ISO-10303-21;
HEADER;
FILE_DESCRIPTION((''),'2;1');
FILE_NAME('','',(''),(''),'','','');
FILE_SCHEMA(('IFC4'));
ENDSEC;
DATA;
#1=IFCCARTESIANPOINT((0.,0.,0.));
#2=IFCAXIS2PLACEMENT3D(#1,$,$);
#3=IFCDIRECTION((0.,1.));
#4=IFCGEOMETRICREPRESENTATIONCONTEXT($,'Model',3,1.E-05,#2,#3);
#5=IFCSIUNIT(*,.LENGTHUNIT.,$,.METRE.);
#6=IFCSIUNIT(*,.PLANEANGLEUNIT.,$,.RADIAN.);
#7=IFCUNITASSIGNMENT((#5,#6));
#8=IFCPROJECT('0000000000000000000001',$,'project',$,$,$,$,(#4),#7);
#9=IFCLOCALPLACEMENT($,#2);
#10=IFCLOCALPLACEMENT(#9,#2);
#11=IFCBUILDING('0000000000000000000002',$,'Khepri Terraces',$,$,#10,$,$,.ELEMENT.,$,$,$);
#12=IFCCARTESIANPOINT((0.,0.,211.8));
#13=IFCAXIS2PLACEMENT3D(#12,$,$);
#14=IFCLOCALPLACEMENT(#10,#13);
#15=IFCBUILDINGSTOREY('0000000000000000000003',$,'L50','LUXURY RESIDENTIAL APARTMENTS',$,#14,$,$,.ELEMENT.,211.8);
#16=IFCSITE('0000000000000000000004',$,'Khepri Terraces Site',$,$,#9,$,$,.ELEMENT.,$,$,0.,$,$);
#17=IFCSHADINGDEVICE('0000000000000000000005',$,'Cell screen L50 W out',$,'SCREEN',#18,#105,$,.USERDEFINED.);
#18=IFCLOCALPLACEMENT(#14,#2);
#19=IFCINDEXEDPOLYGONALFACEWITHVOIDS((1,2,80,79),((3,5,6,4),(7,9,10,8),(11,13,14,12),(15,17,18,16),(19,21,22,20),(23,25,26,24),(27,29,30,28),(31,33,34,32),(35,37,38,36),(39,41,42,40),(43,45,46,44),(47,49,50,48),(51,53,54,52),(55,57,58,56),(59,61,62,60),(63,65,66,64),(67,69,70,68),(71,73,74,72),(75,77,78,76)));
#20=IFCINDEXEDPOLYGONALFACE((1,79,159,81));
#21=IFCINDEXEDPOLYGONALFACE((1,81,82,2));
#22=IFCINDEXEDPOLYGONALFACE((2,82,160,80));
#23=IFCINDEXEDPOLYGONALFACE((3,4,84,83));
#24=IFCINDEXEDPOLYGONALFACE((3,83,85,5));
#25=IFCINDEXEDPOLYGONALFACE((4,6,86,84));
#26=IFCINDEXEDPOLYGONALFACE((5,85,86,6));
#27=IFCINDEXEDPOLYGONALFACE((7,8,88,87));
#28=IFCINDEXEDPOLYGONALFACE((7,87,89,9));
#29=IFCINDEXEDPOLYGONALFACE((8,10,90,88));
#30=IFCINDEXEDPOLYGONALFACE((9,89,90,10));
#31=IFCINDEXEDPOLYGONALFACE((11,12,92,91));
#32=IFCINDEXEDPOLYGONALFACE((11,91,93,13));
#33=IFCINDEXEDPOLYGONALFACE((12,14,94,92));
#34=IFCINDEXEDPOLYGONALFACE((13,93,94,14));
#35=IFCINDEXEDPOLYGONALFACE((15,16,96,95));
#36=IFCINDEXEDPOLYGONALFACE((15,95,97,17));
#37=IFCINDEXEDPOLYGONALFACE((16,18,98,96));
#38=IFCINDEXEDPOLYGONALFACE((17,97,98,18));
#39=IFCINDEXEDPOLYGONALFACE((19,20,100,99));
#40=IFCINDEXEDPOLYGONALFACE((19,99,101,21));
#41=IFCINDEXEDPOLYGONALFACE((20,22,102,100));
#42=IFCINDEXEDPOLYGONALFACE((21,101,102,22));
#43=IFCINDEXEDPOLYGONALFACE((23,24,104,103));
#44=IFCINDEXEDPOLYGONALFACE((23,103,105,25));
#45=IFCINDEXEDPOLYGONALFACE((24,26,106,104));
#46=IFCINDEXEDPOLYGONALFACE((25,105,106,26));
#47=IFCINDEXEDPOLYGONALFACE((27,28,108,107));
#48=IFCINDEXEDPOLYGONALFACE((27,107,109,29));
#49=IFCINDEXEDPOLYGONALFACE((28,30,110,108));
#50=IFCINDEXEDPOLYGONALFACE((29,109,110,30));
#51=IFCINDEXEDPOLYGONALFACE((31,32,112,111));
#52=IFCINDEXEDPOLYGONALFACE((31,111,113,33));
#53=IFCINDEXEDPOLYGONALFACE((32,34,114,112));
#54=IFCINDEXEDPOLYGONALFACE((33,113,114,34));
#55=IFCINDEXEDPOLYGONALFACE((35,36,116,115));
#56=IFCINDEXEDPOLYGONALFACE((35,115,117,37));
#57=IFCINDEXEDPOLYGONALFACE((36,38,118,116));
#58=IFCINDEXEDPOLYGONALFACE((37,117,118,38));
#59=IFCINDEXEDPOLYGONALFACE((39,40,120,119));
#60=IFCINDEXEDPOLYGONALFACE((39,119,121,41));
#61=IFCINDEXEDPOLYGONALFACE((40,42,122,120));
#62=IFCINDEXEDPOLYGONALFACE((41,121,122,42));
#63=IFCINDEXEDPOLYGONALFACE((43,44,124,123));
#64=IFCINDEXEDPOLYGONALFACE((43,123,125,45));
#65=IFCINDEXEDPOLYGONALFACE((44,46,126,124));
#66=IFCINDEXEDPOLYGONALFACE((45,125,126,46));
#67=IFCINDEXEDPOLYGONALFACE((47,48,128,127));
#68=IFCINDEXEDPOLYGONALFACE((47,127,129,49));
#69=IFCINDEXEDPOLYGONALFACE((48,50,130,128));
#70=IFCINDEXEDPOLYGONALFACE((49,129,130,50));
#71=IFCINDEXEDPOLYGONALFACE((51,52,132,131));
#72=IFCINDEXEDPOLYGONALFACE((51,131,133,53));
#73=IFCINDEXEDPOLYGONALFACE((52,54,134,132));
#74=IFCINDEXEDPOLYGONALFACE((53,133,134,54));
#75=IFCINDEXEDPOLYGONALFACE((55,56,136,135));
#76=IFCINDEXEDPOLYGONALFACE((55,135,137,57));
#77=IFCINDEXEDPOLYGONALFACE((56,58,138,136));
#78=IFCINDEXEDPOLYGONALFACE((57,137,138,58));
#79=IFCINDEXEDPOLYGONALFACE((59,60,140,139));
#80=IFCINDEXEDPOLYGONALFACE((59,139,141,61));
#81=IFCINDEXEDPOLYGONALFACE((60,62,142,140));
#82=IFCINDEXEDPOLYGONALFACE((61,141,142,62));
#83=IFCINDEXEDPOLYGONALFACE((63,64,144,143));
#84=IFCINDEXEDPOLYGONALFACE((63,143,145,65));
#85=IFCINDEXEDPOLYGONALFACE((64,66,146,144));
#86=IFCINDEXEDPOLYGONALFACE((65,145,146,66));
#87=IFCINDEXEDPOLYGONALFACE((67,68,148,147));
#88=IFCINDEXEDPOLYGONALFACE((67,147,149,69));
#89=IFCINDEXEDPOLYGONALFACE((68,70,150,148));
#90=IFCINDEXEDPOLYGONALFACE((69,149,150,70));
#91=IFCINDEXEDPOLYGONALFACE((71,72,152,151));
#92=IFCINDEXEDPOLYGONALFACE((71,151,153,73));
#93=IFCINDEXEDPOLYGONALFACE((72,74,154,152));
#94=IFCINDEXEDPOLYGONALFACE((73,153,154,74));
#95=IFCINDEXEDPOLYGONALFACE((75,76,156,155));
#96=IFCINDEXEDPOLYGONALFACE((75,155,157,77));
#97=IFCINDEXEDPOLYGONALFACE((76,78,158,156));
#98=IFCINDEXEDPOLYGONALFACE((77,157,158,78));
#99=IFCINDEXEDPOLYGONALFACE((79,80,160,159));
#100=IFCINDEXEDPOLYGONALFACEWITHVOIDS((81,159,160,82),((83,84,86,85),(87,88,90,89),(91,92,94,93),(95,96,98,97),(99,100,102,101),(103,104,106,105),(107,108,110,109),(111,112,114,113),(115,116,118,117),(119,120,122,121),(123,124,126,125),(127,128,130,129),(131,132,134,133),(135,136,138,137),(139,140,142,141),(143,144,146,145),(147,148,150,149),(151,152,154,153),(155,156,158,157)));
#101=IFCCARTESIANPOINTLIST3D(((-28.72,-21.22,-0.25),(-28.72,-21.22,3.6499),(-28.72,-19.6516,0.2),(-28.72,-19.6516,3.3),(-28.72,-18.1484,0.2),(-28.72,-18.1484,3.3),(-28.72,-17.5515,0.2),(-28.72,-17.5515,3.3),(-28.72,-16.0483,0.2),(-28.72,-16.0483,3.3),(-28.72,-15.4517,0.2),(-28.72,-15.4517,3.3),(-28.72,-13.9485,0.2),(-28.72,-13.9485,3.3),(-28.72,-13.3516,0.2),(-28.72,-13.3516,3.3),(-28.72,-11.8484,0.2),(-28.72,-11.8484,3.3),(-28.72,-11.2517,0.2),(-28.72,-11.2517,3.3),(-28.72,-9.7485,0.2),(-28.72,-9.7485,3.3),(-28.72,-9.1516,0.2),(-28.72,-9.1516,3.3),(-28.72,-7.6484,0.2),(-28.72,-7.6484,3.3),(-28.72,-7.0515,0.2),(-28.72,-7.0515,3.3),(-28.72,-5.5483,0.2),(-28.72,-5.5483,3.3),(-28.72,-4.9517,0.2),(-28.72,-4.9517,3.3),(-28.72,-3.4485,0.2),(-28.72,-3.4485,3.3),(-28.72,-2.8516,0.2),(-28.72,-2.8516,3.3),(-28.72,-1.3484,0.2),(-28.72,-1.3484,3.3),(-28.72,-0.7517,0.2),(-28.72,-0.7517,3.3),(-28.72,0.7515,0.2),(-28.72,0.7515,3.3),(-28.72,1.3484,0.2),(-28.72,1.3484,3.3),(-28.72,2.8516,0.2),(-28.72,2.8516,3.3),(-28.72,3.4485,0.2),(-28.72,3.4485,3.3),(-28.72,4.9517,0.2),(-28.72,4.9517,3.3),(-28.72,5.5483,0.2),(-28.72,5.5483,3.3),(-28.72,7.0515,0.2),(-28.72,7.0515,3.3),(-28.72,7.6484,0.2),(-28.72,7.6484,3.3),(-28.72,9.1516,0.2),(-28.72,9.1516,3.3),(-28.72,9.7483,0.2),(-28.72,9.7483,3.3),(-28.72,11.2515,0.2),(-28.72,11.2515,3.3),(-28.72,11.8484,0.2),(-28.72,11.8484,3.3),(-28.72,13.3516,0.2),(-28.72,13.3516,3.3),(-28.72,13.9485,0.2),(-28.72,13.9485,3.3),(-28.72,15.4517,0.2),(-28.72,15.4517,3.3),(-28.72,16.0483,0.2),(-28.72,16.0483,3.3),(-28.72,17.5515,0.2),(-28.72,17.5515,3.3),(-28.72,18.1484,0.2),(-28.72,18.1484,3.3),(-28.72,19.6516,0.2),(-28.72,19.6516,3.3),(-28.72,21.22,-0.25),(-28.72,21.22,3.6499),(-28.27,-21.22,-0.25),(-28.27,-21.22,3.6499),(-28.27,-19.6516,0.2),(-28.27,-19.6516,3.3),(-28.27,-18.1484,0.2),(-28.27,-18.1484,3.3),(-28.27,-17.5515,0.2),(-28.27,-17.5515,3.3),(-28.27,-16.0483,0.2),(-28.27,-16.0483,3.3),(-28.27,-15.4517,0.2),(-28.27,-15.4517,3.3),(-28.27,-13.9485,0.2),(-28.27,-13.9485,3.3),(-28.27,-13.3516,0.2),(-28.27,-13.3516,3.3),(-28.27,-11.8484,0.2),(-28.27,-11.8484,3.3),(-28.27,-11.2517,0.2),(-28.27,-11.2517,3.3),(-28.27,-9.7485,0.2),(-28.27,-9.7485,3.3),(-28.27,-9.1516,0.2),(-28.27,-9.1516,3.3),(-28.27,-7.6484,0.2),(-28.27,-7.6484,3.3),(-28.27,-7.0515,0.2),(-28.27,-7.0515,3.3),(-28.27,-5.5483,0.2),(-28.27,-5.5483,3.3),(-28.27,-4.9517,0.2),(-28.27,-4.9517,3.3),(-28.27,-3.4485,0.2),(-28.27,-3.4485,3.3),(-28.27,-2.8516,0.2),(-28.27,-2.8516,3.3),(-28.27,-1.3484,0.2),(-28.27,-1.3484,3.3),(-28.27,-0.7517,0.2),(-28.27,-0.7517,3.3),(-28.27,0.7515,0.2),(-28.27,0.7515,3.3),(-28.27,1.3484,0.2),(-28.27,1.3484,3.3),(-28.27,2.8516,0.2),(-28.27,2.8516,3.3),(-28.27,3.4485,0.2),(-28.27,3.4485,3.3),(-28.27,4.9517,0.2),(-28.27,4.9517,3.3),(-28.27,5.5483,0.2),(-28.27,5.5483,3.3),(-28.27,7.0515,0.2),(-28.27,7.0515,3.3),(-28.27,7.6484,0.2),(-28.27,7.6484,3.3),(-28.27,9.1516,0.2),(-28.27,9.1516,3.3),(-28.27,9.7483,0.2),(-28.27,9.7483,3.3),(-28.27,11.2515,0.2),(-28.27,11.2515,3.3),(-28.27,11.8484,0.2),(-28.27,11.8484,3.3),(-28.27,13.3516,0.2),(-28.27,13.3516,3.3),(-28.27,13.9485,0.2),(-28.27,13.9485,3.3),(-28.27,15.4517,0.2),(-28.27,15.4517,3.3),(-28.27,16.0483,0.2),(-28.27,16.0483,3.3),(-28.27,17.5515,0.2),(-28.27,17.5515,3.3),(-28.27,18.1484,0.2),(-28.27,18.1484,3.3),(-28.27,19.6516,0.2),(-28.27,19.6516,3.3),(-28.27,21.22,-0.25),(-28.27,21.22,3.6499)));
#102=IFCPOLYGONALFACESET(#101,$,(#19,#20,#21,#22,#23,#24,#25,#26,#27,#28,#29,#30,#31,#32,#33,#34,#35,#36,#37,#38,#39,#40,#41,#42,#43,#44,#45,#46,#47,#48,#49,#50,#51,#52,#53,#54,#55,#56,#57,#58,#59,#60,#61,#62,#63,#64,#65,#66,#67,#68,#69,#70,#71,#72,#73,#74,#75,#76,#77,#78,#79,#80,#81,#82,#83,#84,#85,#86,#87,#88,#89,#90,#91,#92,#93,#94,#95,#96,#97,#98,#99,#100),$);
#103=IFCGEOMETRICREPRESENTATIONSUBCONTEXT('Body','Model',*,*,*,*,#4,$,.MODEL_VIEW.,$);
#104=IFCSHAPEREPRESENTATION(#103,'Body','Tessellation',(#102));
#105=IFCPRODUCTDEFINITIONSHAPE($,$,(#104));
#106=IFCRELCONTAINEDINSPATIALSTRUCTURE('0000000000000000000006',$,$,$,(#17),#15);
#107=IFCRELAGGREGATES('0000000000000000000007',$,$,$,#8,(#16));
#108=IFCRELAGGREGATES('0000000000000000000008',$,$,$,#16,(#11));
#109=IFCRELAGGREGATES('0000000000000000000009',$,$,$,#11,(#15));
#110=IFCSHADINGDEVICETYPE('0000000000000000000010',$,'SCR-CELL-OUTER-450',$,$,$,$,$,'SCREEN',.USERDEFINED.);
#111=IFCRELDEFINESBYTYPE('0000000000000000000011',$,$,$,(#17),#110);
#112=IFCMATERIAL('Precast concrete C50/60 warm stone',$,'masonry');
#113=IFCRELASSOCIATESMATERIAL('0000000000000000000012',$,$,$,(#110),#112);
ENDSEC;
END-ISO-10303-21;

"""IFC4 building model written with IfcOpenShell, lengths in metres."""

from ifc_helpers import new_model, si_unit, direction, frame, origin, place, context, subcontext, project, spatial, polyline, outline, extrude, material, type_object, element, save


model = new_model("IFC4")

# Units and contexts
model_context = context("Model", 3, precision=1e-05, world=origin(), true_north=direction((0.0, 1.0)))
body_context = subcontext(model_context, "Body", "Model", "MODEL_VIEW")
ifc_project = project(units=[si_unit("LENGTHUNIT", "METRE"), si_unit("PLANEANGLEUNIT", "RADIAN")], contexts=[model_context])

# Site, building, storey
site_placement = place(None, origin())
site = spatial("IfcSite", under=ifc_project, at=site_placement, Name="Khepri Terraces Site", CompositionType="ELEMENT", RefElevation=0.0)
building_placement = place(site_placement, origin())
building = spatial("IfcBuilding", under=site, at=building_placement, Name="Khepri Terraces", CompositionType="ELEMENT")
storey_placement = place(building_placement, frame((0.0, 0.0, 211.8)))
storey = spatial("IfcBuildingStorey", under=building, at=storey_placement, Name="L50", Description="LUXURY RESIDENTIAL APARTMENTS", CompositionType="ELEMENT", Elevation=211.8)

# Shared definitions
ifc_material_1 = material(Name="Precast concrete C50/60 warm stone", Category="masonry")

# Shading device
shading_device_type_1 = type_object("IfcShadingDeviceType", Name="SCR-CELL-OUTER-450", ElementType="SCREEN", PredefinedType="USERDEFINED", material=ifc_material_1)
shading_device_1_placement = place(storey_placement, frame((-28.27, 21.22, -0.25), z_axis=(-1.0, 0.0, 0.0), x_axis=(0.0, -1.0, 0.0)))
element("IfcShadingDevice", 1, at=shading_device_1_placement, inside=storey, type_object=shading_device_type_1, Name="Cell screen L50 W out", ObjectType="SCREEN", PredefinedType="USERDEFINED", context=body_context, shape_type="SweptSolid", body=[
    extrude(outline(polyline([(0.0, 0.0), (42.4399, 0.0), (42.4399, 3.8999), (0.0, 3.8999), (0.0, 0.0)]), holes=[polyline([(1.5684, 0.45), (3.0715, 0.45), (3.0715, 3.55), (1.5684, 3.55), (1.5684, 0.45)]), polyline([(3.6685, 0.45), (5.1716, 0.45), (5.1716, 3.55), (3.6685, 3.55), (3.6685, 0.45)]), polyline([(5.7683, 0.45), (7.2715, 0.45), (7.2715, 3.55), (5.7683, 3.55), (5.7683, 0.45)]), polyline([(7.8684, 0.45), (9.3716, 0.45), (9.3716, 3.55), (7.8684, 3.55), (7.8684, 0.45)]), polyline([(9.9685, 0.45), (11.4717, 0.45), (11.4717, 3.55), (9.9685, 3.55), (9.9685, 0.45)]), polyline([(12.0684, 0.45), (13.5715, 0.45), (13.5715, 3.55), (12.0684, 3.55), (12.0684, 0.45)]), polyline([(14.1685, 0.45), (15.6716, 0.45), (15.6716, 3.55), (14.1685, 3.55), (14.1685, 0.45)]), polyline([(16.2683, 0.45), (17.7715, 0.45), (17.7715, 3.55), (16.2683, 3.55), (16.2683, 0.45)]), polyline([(18.3684, 0.45), (19.8716, 0.45), (19.8716, 3.55), (18.3684, 3.55), (18.3684, 0.45)]), polyline([(20.4685, 0.45), (21.9717, 0.45), (21.9717, 3.55), (20.4685, 3.55), (20.4685, 0.45)]), polyline([(22.5684, 0.45), (24.0715, 0.45), (24.0715, 3.55), (22.5684, 3.55), (22.5684, 0.45)]), polyline([(24.6685, 0.45), (26.1716, 0.45), (26.1716, 3.55), (24.6685, 3.55), (24.6685, 0.45)]), polyline([(26.7683, 0.45), (28.2715, 0.45), (28.2715, 3.55), (26.7683, 3.55), (26.7683, 0.45)]), polyline([(28.8684, 0.45), (30.3716, 0.45), (30.3716, 3.55), (28.8684, 3.55), (28.8684, 0.45)]), polyline([(30.9685, 0.45), (32.4717, 0.45), (32.4717, 3.55), (30.9685, 3.55), (30.9685, 0.45)]), polyline([(33.0684, 0.45), (34.5715, 0.45), (34.5715, 3.55), (33.0684, 3.55), (33.0684, 0.45)]), polyline([(35.1685, 0.45), (36.6716, 0.45), (36.6716, 3.55), (35.1685, 3.55), (35.1685, 0.45)]), polyline([(37.2683, 0.45), (38.7715, 0.45), (38.7715, 3.55), (37.2683, 3.55), (37.2683, 0.45)]), polyline([(39.3684, 0.45), (40.8716, 0.45), (40.8716, 3.55), (39.3684, 3.55), (39.3684, 0.45)])]), origin(), (0.0, 0.0, 1.0), 0.45),
])

save(model, "model.ifc")
